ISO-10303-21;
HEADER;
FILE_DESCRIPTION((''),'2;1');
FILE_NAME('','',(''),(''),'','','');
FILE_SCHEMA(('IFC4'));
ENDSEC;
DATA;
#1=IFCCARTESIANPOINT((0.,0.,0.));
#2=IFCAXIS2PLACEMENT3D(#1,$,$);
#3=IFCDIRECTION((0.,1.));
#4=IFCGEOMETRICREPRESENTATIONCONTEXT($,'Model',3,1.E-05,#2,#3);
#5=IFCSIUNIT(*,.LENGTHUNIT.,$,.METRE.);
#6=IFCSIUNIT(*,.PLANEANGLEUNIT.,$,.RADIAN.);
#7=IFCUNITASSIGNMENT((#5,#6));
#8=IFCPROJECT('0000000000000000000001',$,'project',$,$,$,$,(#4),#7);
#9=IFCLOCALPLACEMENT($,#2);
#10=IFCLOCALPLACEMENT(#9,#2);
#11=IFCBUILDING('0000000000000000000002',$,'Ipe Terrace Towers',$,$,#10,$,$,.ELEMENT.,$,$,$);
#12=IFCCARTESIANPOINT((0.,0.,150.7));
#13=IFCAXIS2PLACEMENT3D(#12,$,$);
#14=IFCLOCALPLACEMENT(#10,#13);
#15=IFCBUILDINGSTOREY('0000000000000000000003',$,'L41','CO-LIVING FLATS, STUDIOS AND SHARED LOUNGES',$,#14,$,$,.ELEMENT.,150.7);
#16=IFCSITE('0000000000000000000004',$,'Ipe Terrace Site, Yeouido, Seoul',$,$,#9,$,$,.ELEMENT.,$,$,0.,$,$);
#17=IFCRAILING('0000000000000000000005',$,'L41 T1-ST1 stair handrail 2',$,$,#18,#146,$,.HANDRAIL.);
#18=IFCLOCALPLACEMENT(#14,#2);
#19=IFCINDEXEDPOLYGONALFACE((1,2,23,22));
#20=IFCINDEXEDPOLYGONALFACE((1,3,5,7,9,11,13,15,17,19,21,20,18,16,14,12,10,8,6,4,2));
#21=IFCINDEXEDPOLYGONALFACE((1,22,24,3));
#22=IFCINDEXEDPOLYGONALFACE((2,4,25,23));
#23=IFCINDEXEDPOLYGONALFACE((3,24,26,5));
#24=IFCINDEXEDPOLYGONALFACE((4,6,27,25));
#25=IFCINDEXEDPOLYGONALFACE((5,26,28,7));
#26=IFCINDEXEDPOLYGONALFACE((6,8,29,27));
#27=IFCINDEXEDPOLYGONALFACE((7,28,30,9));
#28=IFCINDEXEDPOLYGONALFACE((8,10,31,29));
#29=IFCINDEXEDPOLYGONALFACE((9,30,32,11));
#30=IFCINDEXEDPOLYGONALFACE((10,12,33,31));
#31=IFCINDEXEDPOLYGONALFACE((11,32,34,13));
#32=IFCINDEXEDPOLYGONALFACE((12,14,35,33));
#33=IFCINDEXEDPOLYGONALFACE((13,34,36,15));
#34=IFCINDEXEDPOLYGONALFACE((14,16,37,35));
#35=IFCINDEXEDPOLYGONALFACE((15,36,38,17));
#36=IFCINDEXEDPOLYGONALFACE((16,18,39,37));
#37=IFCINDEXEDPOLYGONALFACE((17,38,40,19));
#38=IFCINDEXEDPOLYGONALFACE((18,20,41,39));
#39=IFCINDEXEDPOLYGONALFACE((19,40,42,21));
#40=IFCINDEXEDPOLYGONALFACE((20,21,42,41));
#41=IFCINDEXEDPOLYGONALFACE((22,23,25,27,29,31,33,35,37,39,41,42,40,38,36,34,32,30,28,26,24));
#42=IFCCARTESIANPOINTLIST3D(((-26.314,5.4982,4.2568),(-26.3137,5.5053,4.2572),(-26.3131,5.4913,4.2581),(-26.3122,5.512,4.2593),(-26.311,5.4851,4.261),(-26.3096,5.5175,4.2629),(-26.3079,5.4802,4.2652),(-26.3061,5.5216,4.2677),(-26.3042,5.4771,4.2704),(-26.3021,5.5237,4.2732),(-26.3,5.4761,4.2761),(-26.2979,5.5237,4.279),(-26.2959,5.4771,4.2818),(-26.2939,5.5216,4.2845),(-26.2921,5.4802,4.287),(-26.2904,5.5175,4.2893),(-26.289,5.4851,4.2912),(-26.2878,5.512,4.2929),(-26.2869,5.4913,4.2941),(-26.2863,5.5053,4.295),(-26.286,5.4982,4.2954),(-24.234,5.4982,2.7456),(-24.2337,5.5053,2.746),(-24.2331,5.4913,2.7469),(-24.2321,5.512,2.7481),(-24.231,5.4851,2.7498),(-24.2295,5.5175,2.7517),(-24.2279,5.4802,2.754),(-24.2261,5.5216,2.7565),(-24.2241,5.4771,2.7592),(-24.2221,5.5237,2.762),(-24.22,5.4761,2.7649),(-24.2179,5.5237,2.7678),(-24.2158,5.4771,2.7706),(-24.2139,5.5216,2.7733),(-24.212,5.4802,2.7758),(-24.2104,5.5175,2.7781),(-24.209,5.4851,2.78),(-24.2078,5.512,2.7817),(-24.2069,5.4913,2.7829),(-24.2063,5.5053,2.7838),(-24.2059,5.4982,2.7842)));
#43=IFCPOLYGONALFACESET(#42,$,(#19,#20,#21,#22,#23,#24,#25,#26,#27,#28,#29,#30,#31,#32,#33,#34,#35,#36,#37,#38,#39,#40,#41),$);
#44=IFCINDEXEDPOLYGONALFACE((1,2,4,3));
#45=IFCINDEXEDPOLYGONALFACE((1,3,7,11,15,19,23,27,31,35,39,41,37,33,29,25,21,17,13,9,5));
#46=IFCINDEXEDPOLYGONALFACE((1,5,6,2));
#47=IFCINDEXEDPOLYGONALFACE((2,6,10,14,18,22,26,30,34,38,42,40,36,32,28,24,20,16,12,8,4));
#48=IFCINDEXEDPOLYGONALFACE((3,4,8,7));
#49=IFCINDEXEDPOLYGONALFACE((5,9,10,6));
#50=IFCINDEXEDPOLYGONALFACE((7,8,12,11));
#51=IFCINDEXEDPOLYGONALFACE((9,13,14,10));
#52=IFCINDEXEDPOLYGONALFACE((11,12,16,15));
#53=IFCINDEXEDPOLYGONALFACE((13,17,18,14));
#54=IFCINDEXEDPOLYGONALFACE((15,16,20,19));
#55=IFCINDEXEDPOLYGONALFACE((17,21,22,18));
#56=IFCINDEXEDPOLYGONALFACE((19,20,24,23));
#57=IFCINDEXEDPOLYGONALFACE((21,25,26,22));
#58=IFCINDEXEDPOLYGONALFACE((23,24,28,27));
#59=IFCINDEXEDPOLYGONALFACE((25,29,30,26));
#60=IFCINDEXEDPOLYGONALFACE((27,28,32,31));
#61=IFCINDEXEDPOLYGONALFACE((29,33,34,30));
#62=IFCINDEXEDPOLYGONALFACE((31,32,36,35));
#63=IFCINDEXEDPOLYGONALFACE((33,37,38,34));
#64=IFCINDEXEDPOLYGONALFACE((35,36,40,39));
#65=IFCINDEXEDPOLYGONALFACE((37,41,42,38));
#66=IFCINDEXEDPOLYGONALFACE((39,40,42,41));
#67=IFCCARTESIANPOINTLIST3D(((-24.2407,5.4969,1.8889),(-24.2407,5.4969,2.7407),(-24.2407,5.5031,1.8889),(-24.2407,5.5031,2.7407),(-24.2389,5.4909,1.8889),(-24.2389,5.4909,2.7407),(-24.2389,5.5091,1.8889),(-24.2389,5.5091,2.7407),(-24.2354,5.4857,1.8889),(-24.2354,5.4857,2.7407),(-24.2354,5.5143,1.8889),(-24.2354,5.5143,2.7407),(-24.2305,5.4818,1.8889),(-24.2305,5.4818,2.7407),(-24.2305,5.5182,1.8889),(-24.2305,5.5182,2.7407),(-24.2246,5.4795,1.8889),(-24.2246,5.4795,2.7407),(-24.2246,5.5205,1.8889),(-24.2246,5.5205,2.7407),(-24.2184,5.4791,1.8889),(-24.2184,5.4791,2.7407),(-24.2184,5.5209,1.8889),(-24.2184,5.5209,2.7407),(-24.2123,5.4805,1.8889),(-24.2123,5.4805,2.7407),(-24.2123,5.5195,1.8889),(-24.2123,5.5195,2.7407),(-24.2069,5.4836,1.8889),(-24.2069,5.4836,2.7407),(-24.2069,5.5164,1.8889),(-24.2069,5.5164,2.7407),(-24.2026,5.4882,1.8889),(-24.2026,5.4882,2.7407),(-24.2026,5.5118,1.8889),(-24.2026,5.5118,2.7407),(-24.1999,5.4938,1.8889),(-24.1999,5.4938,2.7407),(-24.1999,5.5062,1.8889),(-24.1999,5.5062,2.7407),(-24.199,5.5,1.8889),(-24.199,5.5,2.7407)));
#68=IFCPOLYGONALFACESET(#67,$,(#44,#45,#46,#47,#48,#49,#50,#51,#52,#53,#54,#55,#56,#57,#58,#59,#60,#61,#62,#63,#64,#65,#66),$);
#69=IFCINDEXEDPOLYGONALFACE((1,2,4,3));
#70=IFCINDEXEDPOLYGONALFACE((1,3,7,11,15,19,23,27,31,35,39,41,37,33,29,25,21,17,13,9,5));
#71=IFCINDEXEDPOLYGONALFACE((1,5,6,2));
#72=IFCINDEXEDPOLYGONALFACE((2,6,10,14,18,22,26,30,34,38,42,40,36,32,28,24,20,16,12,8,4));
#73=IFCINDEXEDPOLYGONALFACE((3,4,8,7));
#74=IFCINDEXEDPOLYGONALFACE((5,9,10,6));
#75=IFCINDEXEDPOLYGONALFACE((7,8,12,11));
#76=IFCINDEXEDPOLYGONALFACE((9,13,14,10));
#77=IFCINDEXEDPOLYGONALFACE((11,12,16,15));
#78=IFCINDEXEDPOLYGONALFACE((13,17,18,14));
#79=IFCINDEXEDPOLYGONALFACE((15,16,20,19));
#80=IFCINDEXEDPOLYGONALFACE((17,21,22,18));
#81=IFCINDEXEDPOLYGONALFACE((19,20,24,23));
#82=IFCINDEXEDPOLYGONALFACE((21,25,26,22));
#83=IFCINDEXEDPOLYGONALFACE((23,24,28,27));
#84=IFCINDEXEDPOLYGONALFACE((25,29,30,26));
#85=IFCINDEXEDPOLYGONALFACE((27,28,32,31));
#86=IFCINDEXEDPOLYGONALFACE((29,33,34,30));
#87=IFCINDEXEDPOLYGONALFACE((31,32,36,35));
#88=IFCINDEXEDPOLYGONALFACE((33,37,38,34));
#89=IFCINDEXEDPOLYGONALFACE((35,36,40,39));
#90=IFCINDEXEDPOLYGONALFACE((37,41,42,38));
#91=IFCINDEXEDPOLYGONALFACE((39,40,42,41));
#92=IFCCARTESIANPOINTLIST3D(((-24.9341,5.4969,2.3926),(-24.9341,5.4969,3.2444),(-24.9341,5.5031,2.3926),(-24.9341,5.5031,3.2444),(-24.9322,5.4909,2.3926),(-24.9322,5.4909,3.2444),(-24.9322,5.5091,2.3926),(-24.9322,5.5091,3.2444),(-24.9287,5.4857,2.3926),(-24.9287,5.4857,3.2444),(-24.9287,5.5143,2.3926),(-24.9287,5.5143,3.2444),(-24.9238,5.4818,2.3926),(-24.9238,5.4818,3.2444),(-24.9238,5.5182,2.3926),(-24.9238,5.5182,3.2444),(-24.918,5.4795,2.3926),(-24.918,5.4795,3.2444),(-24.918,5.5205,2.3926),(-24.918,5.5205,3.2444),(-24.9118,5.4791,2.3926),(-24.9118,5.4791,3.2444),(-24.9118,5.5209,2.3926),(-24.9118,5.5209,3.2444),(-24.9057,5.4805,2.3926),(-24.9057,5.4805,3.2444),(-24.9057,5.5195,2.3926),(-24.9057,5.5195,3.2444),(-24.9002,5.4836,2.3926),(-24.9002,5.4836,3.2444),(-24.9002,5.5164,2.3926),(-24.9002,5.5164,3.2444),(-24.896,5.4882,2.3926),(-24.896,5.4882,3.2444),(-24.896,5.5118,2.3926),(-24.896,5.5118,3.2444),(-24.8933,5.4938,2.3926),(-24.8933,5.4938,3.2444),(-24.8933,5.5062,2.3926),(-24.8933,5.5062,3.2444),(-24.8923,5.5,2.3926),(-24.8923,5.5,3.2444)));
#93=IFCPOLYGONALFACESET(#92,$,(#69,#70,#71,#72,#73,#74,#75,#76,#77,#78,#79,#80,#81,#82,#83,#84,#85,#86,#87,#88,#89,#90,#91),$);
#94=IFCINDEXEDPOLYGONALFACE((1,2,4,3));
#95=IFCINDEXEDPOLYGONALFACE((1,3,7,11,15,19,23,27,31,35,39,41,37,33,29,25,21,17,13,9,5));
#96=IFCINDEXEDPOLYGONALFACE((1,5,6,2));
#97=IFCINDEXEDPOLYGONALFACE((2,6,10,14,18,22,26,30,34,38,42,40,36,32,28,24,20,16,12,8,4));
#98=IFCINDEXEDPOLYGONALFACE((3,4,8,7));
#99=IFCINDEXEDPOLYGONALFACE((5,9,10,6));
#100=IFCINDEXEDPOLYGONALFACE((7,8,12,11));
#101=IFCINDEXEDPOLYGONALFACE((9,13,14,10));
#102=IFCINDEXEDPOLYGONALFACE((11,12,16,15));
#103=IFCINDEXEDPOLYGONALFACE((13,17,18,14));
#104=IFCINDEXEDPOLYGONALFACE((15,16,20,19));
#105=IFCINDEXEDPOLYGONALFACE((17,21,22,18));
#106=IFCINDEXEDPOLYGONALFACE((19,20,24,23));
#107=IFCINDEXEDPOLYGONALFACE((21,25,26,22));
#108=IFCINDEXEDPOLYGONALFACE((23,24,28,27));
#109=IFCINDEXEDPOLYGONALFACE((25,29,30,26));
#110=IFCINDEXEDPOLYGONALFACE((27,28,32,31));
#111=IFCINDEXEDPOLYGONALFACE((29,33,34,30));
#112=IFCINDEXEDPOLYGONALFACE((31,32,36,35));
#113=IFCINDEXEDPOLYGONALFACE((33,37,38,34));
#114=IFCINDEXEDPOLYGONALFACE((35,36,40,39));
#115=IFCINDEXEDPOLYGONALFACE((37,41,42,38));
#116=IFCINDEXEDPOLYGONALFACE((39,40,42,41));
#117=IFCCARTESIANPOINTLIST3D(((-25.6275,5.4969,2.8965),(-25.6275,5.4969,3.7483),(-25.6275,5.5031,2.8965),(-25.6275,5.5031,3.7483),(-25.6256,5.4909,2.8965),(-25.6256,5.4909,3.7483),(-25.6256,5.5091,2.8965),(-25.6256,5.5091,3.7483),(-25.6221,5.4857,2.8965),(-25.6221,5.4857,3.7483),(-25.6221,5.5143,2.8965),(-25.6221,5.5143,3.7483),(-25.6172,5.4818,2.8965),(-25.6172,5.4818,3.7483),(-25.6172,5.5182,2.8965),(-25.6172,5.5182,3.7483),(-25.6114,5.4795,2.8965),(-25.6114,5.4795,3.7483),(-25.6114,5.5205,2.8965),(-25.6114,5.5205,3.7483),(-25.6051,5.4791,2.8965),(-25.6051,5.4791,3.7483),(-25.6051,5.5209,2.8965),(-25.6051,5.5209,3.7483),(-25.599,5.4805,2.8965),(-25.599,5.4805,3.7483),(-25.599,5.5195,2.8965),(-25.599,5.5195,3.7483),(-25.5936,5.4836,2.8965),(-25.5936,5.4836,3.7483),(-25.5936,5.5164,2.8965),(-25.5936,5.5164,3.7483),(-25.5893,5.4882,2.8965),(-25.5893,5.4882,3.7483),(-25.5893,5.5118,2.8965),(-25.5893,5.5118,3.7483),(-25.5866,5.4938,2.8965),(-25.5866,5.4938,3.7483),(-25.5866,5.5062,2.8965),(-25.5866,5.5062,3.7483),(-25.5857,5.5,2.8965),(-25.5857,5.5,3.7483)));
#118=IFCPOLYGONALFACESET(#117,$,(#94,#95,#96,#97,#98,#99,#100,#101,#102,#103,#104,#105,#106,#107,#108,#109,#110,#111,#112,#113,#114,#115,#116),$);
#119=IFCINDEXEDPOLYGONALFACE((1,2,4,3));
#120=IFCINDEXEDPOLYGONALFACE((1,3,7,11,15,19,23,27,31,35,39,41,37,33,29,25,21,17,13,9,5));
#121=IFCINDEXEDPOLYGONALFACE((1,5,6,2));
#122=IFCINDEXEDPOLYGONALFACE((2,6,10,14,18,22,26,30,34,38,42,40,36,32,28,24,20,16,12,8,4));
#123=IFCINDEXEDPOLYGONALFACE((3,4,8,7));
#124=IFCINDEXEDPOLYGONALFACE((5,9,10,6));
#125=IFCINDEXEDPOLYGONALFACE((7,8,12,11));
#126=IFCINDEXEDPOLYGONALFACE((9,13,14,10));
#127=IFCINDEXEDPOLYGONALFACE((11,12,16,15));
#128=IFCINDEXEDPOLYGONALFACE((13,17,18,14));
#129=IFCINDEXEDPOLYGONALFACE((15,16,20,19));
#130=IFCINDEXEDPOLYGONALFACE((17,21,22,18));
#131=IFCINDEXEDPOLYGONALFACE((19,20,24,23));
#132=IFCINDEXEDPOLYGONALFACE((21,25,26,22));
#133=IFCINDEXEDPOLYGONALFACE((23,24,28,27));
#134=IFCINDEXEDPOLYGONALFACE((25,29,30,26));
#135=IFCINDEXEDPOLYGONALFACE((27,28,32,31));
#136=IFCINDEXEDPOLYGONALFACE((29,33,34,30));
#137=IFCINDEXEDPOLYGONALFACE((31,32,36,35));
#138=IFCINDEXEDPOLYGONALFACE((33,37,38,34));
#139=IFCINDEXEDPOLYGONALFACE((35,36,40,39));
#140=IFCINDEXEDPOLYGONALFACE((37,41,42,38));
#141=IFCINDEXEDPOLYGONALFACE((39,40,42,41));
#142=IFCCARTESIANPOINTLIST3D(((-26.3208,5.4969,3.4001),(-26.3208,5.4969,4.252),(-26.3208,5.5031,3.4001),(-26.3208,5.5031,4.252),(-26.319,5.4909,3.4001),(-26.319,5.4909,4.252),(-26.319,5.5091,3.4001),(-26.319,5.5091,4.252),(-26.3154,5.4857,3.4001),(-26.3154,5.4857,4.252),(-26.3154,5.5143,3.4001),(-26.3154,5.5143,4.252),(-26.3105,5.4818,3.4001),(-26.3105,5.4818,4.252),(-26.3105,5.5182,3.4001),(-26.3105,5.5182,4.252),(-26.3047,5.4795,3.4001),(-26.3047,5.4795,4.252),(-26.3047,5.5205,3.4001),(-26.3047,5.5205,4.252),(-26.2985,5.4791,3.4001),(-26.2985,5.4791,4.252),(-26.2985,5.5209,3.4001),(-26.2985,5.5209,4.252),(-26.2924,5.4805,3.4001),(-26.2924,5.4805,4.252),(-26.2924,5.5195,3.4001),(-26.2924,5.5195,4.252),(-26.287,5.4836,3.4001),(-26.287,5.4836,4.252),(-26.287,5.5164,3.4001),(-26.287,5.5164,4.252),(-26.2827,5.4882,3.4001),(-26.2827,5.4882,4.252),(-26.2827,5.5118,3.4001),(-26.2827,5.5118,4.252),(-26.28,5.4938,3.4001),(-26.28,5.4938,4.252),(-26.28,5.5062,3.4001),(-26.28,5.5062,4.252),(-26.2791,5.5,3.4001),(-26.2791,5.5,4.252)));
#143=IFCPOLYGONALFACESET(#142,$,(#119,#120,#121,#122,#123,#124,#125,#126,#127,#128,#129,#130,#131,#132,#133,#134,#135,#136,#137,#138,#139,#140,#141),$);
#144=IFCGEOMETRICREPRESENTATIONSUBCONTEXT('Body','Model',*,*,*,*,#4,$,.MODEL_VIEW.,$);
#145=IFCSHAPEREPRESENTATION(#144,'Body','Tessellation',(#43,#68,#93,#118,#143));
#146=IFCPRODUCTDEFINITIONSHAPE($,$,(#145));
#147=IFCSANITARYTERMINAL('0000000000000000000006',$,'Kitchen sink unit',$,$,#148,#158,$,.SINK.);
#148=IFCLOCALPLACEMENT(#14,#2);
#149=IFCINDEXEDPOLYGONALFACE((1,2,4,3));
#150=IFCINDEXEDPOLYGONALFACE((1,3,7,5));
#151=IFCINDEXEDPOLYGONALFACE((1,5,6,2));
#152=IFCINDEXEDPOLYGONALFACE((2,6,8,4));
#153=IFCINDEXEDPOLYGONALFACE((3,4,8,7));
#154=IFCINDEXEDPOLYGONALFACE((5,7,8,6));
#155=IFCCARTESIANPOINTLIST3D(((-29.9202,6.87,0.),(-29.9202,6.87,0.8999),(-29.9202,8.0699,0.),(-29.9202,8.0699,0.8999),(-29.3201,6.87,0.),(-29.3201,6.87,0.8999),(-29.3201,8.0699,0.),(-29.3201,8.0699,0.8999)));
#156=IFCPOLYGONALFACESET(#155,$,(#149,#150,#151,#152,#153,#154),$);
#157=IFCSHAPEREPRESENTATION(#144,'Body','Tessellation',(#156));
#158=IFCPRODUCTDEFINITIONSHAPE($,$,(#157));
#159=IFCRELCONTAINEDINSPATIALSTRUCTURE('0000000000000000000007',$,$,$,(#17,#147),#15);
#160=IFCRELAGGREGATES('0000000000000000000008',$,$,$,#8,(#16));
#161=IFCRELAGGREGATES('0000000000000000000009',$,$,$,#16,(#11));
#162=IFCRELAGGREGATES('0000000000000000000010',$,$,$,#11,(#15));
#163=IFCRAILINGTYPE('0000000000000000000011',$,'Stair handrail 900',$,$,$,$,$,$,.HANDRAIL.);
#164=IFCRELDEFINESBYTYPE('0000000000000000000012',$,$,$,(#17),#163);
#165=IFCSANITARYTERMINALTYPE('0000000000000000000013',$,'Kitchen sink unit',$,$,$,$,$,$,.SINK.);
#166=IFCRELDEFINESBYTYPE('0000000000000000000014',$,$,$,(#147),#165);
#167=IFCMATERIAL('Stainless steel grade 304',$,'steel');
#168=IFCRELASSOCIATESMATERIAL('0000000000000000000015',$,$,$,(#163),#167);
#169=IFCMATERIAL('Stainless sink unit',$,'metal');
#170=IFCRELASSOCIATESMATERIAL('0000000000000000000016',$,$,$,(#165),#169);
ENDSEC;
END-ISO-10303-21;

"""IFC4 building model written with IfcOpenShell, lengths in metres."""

from ifc_helpers import new_model, si_unit, direction, frame, origin, origin_2d, place, context, subcontext, project, spatial, rectangle, circle, extrude, material, type_object, element, save


model = new_model("IFC4")

# Units and contexts
model_context = context("Model", 3, precision=1e-05, world=origin(), true_north=direction((0.0, 1.0)))
body_context = subcontext(model_context, "Body", "Model", "MODEL_VIEW")
ifc_project = project(units=[si_unit("LENGTHUNIT", "METRE"), si_unit("PLANEANGLEUNIT", "RADIAN")], contexts=[model_context])

# Site, building, storey
site_placement = place(None, origin())
site = spatial("IfcSite", under=ifc_project, at=site_placement, Name="Ipe Terrace Site, Yeouido, Seoul", CompositionType="ELEMENT", RefElevation=0.0)
building_placement = place(site_placement, origin())
building = spatial("IfcBuilding", under=site, at=building_placement, Name="Ipe Terrace Towers", CompositionType="ELEMENT")
storey_placement = place(building_placement, frame((0.0, 0.0, 150.7)))
storey = spatial("IfcBuildingStorey", under=building, at=storey_placement, Name="L41", Description="CO-LIVING FLATS, STUDIOS AND SHARED LOUNGES", CompositionType="ELEMENT", Elevation=150.7)

# Railing
ifc_material_1 = material(Name="Stainless steel grade 304", Category="steel")
railing_type_1 = type_object("IfcRailingType", Name="Stair handrail 900", PredefinedType="HANDRAIL", material=ifc_material_1)
railing_1_placement = place(storey_placement, frame((-24.22, 5.5, 1.8889)))
element("IfcRailing", 1, at=railing_1_placement, inside=storey, type_object=railing_type_1, Name="L41 T1-ST1 stair handrail 2", PredefinedType="HANDRAIL", context=body_context, shape_type="SweptSolid", body=[
    extrude(circle(Radius=0.0239, at=origin_2d()), frame((0.0, 0.0, 0.876), z_axis=(-0.809023, 0.0, 0.587776), x_axis=(0.0, -1.0, 0.0)), (0.0, 0.0, 1.0), 2.571),
    extrude(circle(Radius=0.021, at=origin_2d()), origin(), (0.0, 0.0, 1.0), 0.8518),
    extrude(circle(Radius=0.021, at=origin_2d()), frame((-0.6934, 0.0, 0.5037)), (0.0, 0.0, 1.0), 0.8518),
    extrude(circle(Radius=0.021, at=origin_2d()), frame((-1.3867, 0.0, 1.0076)), (0.0, 0.0, 1.0), 0.8518),
    extrude(circle(Radius=0.021, at=origin_2d()), frame((-2.0801, 0.0, 1.5112)), (0.0, 0.0, 1.0), 0.8518),
])

# Sanitary terminal
ifc_material_2 = material(Name="Stainless sink unit", Category="metal")
sanitary_terminal_type = type_object("IfcSanitaryTerminalType", Name="Kitchen sink unit", PredefinedType="SINK", material=ifc_material_2)
sanitary_terminal_placement = place(storey_placement, frame((-29.6201, 7.47, 0.0), z_axis=(0.0, 0.0, 1.0), x_axis=(0.0, -1.0, 0.0)))
element("IfcSanitaryTerminal", 2, at=sanitary_terminal_placement, inside=storey, type_object=sanitary_terminal_type, Name="Kitchen sink unit", PredefinedType="SINK", context=body_context, shape_type="SweptSolid", body=[
    extrude(rectangle(XDim=1.2, YDim=0.6001, at=origin_2d()), origin(), (0.0, 0.0, 1.0), 0.8999),
])

save(model, "model.ifc")
